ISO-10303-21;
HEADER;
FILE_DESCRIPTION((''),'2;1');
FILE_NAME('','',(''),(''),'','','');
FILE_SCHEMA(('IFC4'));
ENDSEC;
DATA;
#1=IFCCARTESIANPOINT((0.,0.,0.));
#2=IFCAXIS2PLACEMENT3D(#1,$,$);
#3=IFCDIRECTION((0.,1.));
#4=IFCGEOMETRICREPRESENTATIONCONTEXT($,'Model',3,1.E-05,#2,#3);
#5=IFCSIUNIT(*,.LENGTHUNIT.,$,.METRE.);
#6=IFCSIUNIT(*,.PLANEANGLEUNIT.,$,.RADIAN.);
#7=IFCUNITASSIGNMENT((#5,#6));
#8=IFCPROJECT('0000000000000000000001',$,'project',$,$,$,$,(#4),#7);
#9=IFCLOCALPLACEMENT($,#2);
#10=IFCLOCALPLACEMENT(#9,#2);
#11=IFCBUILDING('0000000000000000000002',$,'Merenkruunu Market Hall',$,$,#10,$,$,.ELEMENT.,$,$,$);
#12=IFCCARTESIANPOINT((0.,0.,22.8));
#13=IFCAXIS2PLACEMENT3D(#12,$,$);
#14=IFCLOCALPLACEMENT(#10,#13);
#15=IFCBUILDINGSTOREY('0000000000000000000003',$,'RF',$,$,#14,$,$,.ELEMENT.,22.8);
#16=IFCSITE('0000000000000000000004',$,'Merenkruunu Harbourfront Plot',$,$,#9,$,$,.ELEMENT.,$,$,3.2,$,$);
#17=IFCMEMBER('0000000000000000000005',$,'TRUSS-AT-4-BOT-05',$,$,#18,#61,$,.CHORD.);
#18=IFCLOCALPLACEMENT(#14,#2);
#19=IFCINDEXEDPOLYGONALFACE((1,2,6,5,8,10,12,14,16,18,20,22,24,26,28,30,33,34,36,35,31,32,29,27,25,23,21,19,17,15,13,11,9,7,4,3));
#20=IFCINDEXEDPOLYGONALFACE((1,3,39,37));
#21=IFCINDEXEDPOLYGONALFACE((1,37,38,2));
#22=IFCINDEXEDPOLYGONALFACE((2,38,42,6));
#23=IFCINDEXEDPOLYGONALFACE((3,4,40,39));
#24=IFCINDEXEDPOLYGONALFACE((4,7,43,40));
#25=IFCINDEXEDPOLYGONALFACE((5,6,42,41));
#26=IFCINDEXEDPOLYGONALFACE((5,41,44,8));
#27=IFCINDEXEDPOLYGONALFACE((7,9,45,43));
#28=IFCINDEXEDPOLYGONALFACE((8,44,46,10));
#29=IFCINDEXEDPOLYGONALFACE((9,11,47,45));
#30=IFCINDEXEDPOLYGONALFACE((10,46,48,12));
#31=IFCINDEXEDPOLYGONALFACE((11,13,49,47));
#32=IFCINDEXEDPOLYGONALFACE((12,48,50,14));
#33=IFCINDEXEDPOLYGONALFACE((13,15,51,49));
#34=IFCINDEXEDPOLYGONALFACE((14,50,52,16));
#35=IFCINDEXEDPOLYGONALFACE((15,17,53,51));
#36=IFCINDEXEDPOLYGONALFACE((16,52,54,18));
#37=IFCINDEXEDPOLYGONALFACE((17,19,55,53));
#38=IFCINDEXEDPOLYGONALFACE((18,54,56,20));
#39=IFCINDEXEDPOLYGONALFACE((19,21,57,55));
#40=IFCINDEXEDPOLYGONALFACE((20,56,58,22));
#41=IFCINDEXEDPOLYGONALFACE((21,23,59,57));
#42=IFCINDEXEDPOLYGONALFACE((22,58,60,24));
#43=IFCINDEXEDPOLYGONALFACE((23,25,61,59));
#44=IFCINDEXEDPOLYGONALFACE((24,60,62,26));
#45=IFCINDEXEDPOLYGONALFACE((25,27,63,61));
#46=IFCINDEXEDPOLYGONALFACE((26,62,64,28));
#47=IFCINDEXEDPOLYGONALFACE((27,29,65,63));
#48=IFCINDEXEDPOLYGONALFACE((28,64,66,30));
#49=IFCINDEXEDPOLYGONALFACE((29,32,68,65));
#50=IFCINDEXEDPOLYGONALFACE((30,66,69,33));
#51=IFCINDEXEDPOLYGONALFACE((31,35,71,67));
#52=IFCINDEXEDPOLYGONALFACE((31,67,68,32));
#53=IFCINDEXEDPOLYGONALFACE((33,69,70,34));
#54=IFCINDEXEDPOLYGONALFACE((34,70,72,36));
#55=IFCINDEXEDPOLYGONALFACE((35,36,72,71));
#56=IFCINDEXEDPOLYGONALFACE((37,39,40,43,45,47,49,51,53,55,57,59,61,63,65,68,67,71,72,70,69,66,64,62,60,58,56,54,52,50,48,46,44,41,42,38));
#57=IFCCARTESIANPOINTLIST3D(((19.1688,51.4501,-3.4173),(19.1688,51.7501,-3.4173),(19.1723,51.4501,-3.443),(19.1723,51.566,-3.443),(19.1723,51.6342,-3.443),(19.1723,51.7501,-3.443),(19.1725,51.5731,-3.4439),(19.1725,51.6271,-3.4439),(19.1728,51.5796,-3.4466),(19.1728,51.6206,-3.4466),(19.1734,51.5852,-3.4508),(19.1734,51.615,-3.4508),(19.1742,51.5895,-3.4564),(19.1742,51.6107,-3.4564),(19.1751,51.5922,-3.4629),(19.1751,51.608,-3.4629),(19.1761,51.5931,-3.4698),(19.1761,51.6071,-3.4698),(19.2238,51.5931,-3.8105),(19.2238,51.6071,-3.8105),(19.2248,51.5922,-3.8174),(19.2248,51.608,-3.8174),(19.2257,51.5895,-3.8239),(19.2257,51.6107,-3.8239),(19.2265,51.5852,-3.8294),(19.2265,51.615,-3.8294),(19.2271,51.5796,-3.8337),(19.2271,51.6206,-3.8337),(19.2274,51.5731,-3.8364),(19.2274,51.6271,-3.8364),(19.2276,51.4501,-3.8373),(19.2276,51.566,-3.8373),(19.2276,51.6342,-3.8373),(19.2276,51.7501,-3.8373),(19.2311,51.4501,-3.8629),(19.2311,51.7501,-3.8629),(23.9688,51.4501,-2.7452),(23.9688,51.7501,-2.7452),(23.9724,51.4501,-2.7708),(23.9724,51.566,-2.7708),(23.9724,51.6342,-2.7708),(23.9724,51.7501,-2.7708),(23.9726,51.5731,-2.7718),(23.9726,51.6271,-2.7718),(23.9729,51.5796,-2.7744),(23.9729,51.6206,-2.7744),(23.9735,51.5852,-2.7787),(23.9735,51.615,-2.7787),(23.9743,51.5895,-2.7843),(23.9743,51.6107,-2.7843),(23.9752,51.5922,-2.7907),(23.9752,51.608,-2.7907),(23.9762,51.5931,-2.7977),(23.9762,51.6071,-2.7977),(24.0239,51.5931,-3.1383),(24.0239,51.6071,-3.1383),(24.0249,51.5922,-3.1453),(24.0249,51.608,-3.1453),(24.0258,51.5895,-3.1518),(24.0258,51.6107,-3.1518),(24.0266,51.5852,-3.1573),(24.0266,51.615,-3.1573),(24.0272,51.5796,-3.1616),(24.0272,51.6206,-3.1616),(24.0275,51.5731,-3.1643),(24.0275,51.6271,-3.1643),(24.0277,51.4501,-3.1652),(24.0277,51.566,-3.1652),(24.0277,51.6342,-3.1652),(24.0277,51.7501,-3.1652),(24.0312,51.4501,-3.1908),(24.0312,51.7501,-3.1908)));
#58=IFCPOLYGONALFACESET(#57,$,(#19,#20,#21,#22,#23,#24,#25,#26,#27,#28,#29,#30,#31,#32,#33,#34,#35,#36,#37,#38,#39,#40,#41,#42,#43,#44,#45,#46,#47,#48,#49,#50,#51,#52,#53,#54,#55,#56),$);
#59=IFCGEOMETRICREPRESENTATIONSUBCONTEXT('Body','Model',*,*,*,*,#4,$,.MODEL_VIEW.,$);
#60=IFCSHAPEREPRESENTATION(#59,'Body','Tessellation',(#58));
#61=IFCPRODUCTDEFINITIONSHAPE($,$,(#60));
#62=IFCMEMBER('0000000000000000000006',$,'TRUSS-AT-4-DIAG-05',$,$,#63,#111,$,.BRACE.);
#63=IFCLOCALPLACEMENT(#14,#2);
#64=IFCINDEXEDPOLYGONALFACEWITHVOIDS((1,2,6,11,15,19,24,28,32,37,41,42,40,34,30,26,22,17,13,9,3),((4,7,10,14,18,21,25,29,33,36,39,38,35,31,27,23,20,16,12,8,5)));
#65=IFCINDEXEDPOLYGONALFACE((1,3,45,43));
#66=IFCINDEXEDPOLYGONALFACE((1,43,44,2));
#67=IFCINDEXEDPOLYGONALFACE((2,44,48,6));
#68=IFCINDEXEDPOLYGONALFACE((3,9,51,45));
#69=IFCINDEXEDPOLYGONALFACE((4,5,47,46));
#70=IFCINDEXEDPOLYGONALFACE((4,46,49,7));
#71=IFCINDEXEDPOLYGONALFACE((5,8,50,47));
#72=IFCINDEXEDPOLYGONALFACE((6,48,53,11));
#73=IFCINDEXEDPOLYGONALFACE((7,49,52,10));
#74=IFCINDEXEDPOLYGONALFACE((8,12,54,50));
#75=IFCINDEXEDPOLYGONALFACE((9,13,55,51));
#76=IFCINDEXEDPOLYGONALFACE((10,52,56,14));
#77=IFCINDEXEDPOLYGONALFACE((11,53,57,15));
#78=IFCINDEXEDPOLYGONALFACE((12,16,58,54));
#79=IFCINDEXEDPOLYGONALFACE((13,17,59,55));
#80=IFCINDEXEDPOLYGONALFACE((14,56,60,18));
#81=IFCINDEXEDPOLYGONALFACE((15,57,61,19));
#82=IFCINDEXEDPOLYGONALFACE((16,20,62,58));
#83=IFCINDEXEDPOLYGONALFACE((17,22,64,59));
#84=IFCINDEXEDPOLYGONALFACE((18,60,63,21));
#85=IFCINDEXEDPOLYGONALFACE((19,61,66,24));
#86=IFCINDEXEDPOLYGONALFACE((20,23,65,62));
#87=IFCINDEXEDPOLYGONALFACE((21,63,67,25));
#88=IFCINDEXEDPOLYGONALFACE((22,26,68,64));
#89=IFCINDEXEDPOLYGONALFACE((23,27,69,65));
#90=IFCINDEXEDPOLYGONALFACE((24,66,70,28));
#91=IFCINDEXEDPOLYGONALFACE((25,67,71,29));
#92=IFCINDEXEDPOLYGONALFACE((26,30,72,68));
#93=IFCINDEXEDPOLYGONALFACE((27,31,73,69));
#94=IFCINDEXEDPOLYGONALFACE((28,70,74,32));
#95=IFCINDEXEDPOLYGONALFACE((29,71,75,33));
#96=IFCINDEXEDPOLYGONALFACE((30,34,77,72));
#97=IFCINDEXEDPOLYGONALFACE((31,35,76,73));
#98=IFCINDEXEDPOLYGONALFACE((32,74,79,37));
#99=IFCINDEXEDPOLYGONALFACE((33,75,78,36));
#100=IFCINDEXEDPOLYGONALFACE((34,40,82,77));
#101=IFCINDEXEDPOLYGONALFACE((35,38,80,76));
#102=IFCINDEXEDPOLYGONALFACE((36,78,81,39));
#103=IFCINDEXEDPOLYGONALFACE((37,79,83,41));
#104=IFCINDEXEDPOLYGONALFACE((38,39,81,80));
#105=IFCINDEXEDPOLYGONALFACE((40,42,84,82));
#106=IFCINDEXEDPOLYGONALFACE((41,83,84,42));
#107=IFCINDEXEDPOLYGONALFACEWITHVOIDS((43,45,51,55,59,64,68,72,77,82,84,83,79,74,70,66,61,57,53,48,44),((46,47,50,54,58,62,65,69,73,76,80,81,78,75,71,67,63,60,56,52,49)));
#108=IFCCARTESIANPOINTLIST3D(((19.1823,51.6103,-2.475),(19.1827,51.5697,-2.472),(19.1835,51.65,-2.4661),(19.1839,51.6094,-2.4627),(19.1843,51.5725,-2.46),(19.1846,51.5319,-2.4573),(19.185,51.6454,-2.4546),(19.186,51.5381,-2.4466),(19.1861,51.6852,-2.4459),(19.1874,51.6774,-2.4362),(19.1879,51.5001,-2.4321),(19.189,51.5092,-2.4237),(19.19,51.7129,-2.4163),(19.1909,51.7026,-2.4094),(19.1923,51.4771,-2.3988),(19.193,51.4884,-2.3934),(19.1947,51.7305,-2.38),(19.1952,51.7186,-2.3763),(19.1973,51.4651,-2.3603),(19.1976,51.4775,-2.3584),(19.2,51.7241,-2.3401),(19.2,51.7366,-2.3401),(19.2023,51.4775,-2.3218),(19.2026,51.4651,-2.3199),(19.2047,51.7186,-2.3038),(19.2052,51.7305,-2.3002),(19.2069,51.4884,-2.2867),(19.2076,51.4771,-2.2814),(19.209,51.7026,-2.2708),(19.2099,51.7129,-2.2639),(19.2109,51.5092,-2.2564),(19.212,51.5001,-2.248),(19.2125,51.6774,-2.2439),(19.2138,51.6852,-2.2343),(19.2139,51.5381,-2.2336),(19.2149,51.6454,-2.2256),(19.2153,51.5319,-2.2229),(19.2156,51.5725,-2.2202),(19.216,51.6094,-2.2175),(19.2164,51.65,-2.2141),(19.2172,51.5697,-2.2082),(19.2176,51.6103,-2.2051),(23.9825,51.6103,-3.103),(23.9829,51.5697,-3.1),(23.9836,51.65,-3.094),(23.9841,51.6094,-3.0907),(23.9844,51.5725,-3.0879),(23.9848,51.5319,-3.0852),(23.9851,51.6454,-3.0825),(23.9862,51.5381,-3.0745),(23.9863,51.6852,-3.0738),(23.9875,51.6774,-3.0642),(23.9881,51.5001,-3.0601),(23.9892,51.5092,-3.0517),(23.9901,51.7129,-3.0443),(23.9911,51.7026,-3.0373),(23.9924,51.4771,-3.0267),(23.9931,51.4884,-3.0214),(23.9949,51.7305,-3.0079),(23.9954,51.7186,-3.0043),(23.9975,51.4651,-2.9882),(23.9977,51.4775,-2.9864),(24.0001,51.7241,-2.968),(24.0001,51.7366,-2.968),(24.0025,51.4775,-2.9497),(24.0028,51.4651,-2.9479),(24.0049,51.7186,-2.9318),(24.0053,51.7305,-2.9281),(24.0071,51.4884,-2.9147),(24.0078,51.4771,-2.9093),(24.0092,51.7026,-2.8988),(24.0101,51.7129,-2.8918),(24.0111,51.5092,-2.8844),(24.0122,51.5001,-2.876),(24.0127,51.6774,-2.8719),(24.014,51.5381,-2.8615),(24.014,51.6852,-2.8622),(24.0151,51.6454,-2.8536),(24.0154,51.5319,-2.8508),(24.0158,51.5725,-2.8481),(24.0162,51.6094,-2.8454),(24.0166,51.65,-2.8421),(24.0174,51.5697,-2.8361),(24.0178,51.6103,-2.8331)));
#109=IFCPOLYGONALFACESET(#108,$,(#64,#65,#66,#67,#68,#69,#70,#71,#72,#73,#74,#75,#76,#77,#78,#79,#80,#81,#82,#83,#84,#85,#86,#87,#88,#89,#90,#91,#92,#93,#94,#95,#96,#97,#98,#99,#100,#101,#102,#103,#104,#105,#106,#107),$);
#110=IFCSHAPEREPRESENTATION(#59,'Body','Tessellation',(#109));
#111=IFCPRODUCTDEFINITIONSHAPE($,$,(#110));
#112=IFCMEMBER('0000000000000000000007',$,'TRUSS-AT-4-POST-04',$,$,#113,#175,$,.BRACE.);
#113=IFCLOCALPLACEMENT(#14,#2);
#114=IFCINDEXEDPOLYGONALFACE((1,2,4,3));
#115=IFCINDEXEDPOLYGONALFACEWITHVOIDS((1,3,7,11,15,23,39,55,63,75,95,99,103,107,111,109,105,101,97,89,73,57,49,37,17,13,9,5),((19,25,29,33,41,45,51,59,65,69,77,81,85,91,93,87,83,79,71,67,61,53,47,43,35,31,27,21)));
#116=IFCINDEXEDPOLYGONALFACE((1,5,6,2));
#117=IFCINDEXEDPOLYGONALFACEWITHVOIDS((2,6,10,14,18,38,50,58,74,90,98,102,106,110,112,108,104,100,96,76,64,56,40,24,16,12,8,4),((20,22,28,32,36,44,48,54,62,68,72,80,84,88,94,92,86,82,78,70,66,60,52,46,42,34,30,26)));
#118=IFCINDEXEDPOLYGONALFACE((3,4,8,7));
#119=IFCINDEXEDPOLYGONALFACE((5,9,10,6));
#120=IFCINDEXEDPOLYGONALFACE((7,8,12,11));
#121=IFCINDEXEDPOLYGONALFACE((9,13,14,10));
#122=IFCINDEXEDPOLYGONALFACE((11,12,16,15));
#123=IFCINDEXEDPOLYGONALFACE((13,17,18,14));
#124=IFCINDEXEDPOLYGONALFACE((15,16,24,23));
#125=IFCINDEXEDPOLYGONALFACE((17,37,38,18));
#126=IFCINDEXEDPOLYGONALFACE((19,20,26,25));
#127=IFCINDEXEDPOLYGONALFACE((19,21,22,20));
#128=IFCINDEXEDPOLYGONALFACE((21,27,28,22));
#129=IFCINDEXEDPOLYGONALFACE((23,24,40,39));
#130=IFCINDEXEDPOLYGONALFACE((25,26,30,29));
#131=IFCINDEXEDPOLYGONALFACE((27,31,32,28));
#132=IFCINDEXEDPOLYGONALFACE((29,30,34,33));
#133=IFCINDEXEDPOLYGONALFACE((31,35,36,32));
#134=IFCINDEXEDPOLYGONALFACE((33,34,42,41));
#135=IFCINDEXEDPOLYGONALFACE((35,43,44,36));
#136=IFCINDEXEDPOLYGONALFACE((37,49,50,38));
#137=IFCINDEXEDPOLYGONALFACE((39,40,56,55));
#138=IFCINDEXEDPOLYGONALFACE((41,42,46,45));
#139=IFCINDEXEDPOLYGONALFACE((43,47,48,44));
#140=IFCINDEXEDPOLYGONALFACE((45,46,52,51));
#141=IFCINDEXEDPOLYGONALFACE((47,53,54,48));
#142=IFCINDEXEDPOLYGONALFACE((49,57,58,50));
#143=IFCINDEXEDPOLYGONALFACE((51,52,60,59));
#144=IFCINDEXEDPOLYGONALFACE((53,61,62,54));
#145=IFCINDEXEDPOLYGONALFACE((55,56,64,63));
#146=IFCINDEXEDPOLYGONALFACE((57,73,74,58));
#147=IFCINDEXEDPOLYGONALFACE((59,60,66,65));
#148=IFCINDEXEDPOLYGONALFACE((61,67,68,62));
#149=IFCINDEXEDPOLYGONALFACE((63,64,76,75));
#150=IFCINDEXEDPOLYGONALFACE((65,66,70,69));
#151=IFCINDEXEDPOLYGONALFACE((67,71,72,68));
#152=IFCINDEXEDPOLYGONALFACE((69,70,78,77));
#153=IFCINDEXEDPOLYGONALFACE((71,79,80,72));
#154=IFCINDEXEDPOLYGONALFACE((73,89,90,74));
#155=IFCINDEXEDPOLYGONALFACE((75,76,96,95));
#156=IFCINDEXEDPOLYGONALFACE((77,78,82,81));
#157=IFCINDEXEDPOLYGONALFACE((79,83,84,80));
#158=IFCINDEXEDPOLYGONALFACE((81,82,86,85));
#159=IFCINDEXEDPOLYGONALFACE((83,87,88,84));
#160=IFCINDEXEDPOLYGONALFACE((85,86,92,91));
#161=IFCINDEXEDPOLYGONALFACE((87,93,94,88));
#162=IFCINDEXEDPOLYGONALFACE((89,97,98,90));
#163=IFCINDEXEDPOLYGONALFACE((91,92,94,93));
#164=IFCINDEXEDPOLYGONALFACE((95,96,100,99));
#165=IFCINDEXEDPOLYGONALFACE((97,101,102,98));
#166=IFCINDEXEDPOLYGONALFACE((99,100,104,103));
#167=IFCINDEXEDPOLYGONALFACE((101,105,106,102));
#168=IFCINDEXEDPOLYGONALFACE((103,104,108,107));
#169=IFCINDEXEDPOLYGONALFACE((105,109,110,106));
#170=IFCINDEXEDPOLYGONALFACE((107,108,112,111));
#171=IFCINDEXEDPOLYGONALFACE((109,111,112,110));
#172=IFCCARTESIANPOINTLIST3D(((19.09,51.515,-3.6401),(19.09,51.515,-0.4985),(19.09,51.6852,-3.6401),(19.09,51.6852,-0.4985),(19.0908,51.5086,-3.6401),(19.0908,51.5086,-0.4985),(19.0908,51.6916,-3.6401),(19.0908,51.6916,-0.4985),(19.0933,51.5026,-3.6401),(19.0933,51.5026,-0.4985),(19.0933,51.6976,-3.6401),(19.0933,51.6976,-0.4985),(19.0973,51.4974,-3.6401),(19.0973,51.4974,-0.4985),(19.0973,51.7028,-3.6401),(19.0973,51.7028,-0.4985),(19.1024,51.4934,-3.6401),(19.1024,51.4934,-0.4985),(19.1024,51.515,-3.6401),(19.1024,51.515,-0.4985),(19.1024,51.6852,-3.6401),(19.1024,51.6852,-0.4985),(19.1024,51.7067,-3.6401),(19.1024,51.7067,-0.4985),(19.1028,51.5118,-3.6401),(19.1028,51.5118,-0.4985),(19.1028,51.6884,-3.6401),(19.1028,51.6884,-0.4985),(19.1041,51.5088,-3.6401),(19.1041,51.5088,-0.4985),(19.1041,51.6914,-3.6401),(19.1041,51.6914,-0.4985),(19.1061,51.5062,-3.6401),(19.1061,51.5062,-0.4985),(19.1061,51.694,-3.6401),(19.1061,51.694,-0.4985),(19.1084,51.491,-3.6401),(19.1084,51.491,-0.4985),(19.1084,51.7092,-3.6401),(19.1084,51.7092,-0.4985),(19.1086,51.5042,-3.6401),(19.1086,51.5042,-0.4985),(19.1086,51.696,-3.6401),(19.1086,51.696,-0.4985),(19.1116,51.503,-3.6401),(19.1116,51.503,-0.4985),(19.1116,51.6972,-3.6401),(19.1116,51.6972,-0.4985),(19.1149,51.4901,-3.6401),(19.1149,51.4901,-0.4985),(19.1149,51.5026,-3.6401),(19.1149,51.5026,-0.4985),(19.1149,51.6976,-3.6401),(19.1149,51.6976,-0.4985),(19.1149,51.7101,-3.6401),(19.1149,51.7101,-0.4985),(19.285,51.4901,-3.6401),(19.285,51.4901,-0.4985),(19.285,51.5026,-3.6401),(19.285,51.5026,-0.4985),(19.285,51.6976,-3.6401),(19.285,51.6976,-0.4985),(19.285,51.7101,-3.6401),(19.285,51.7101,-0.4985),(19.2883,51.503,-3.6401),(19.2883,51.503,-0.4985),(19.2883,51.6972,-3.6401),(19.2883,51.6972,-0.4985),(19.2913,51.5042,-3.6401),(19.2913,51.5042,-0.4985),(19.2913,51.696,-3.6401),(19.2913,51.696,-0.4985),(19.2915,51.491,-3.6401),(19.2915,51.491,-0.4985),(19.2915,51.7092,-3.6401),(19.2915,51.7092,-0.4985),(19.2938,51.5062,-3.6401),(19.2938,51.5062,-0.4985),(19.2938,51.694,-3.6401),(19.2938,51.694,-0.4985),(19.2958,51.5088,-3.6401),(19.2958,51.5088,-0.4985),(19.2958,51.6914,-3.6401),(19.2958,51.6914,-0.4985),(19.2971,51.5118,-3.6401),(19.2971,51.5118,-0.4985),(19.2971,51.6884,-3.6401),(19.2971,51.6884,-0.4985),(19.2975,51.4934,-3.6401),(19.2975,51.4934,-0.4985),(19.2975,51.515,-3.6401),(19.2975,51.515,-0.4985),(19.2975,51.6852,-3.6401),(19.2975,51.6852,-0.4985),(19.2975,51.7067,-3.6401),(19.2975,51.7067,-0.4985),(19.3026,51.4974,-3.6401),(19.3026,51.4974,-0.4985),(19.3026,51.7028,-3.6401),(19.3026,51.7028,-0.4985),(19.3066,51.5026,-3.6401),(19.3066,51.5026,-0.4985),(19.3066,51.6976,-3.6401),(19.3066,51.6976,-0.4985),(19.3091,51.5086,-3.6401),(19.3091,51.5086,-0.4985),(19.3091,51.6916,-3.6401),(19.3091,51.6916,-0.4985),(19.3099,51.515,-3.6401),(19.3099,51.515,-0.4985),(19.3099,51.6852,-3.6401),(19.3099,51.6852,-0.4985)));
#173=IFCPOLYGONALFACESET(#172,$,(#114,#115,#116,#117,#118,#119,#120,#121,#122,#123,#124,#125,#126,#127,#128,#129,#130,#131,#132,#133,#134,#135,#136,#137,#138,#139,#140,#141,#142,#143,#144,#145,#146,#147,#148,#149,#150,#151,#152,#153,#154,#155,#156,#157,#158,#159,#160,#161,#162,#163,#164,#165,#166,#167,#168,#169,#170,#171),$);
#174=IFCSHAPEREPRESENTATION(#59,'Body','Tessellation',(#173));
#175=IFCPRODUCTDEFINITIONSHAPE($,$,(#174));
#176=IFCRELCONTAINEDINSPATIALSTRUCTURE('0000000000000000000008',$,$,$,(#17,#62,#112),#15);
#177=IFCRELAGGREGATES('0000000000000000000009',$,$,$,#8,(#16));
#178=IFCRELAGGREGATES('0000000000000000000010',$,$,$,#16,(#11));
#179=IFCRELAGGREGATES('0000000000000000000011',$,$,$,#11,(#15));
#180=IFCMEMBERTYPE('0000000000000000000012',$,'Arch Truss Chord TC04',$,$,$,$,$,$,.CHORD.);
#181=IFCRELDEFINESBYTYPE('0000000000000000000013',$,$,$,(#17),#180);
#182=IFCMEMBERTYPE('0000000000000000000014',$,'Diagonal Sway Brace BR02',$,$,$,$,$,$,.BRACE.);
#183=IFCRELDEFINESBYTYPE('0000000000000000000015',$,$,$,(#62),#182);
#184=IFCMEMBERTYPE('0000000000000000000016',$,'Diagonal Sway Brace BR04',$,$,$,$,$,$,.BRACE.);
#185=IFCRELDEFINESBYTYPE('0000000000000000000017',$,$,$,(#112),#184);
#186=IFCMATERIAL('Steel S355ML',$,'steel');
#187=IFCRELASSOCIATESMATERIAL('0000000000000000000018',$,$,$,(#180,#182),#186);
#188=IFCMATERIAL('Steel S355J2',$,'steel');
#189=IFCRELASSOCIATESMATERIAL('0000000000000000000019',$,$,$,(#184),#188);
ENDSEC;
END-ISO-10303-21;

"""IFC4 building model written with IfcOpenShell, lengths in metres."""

from ifc_helpers import new_model, si_unit, direction, frame, origin, origin_2d, place, context, subcontext, project, spatial, hollow_rectangle, hollow_circle, i_section, extrude, material, material_profile, profile_set, type_object, element, save


model = new_model("IFC4")

# Units and contexts
model_context = context("Model", 3, precision=1e-05, world=origin(), true_north=direction((0.0, 1.0)))
body_context = subcontext(model_context, "Body", "Model", "MODEL_VIEW")
ifc_project = project(units=[si_unit("LENGTHUNIT", "METRE"), si_unit("PLANEANGLEUNIT", "RADIAN")], contexts=[model_context])

# Site, building, storey
site_placement = place(None, origin())
site = spatial("IfcSite", under=ifc_project, at=site_placement, Name="Merenkruunu Harbourfront Plot", CompositionType="ELEMENT", RefElevation=3.2)
building_placement = place(site_placement, origin())
building = spatial("IfcBuilding", under=site, at=building_placement, Name="Merenkruunu Market Hall", CompositionType="ELEMENT")
storey_placement = place(building_placement, frame((0.0, 0.0, 22.8)))
storey = spatial("IfcBuildingStorey", under=building, at=storey_placement, Name="RF", CompositionType="ELEMENT", Elevation=22.8)

# Members
ifc_material_1 = material(Name="Steel S355ML", Category="steel")
ifc_material_profile_1 = material_profile(ifc_material_1, i_section(OverallWidth=0.3, OverallDepth=0.45, WebThickness=0.0139, FlangeThickness=0.0259, FilletRadius=0.0271, at=origin_2d()), Name="HEB 450")
ifc_profile_set_1 = profile_set([ifc_material_profile_1], Name="Steel S355ML")
member_type_1 = type_object("IfcMemberType", Name="Arch Truss Chord TC04", PredefinedType="CHORD", material=ifc_profile_set_1)
member_1_placement = place(storey_placement, frame((19.2, 51.6001, -3.6401), z_axis=(0.990339, 0.0, 0.138671), x_axis=(0.0, 1.0, 0.0)))
element("IfcMember", 1, at=member_1_placement, inside=storey, type_object=member_type_1, Name="TRUSS-AT-4-BOT-05", PredefinedType="CHORD", context=body_context, shape_type="SweptSolid", body=[
    extrude(i_section(OverallWidth=0.3, OverallDepth=0.45, WebThickness=0.0139, FlangeThickness=0.0259, FilletRadius=0.0271, at=origin_2d()), origin(), (0.0, 0.0, 1.0), 4.8469),
])
ifc_material_profile_2 = material_profile(ifc_material_1, hollow_circle(Radius=0.1365, WallThickness=0.0125, at=origin_2d()), Name="CHS 273x12.5")
ifc_profile_set_2 = profile_set([ifc_material_profile_2], Name="Steel S355ML")
member_type_2 = type_object("IfcMemberType", Name="Diagonal Sway Brace BR02", PredefinedType="BRACE", material=ifc_profile_set_2)
member_2_placement = place(storey_placement, frame((19.2, 51.6001, -2.3401), z_axis=(0.991552, 0.0, -0.129712), x_axis=(0.0, 1.0, 0.0)))
element("IfcMember", 2, at=member_2_placement, inside=storey, type_object=member_type_2, Name="TRUSS-AT-4-DIAG-05", PredefinedType="BRACE", context=body_context, shape_type="SweptSolid", body=[
    extrude(hollow_circle(Radius=0.1365, WallThickness=0.0125, at=origin_2d()), origin(), (0.0, 0.0, 1.0), 4.8411),
])
ifc_material_2 = material(Name="Steel S355J2", Category="steel")
ifc_material_profile_3 = material_profile(ifc_material_2, hollow_rectangle(XDim=0.22, YDim=0.22, WallThickness=0.0125, InnerFilletRadius=0.0125, OuterFilletRadius=0.0249, at=origin_2d()), Name="SHS 220x220x12.5")
ifc_profile_set_3 = profile_set([ifc_material_profile_3], Name="Steel S355J2")
member_type_3 = type_object("IfcMemberType", Name="Diagonal Sway Brace BR04", PredefinedType="BRACE", material=ifc_profile_set_3)
member_3_placement = place(storey_placement, frame((19.2, 51.6001, -3.6401), z_axis=(0.0, 0.0, 1.0), x_axis=(1.0, 0.0, 0.0)))
element("IfcMember", 3, at=member_3_placement, inside=storey, type_object=member_type_3, Name="TRUSS-AT-4-POST-04", PredefinedType="BRACE", context=body_context, shape_type="SweptSolid", body=[
    extrude(hollow_rectangle(XDim=0.22, YDim=0.22, WallThickness=0.0125, InnerFilletRadius=0.0125, OuterFilletRadius=0.0249, at=origin_2d()), origin(), (0.0, 0.0, 1.0), 3.1416),
])

save(model, "model.ifc")
